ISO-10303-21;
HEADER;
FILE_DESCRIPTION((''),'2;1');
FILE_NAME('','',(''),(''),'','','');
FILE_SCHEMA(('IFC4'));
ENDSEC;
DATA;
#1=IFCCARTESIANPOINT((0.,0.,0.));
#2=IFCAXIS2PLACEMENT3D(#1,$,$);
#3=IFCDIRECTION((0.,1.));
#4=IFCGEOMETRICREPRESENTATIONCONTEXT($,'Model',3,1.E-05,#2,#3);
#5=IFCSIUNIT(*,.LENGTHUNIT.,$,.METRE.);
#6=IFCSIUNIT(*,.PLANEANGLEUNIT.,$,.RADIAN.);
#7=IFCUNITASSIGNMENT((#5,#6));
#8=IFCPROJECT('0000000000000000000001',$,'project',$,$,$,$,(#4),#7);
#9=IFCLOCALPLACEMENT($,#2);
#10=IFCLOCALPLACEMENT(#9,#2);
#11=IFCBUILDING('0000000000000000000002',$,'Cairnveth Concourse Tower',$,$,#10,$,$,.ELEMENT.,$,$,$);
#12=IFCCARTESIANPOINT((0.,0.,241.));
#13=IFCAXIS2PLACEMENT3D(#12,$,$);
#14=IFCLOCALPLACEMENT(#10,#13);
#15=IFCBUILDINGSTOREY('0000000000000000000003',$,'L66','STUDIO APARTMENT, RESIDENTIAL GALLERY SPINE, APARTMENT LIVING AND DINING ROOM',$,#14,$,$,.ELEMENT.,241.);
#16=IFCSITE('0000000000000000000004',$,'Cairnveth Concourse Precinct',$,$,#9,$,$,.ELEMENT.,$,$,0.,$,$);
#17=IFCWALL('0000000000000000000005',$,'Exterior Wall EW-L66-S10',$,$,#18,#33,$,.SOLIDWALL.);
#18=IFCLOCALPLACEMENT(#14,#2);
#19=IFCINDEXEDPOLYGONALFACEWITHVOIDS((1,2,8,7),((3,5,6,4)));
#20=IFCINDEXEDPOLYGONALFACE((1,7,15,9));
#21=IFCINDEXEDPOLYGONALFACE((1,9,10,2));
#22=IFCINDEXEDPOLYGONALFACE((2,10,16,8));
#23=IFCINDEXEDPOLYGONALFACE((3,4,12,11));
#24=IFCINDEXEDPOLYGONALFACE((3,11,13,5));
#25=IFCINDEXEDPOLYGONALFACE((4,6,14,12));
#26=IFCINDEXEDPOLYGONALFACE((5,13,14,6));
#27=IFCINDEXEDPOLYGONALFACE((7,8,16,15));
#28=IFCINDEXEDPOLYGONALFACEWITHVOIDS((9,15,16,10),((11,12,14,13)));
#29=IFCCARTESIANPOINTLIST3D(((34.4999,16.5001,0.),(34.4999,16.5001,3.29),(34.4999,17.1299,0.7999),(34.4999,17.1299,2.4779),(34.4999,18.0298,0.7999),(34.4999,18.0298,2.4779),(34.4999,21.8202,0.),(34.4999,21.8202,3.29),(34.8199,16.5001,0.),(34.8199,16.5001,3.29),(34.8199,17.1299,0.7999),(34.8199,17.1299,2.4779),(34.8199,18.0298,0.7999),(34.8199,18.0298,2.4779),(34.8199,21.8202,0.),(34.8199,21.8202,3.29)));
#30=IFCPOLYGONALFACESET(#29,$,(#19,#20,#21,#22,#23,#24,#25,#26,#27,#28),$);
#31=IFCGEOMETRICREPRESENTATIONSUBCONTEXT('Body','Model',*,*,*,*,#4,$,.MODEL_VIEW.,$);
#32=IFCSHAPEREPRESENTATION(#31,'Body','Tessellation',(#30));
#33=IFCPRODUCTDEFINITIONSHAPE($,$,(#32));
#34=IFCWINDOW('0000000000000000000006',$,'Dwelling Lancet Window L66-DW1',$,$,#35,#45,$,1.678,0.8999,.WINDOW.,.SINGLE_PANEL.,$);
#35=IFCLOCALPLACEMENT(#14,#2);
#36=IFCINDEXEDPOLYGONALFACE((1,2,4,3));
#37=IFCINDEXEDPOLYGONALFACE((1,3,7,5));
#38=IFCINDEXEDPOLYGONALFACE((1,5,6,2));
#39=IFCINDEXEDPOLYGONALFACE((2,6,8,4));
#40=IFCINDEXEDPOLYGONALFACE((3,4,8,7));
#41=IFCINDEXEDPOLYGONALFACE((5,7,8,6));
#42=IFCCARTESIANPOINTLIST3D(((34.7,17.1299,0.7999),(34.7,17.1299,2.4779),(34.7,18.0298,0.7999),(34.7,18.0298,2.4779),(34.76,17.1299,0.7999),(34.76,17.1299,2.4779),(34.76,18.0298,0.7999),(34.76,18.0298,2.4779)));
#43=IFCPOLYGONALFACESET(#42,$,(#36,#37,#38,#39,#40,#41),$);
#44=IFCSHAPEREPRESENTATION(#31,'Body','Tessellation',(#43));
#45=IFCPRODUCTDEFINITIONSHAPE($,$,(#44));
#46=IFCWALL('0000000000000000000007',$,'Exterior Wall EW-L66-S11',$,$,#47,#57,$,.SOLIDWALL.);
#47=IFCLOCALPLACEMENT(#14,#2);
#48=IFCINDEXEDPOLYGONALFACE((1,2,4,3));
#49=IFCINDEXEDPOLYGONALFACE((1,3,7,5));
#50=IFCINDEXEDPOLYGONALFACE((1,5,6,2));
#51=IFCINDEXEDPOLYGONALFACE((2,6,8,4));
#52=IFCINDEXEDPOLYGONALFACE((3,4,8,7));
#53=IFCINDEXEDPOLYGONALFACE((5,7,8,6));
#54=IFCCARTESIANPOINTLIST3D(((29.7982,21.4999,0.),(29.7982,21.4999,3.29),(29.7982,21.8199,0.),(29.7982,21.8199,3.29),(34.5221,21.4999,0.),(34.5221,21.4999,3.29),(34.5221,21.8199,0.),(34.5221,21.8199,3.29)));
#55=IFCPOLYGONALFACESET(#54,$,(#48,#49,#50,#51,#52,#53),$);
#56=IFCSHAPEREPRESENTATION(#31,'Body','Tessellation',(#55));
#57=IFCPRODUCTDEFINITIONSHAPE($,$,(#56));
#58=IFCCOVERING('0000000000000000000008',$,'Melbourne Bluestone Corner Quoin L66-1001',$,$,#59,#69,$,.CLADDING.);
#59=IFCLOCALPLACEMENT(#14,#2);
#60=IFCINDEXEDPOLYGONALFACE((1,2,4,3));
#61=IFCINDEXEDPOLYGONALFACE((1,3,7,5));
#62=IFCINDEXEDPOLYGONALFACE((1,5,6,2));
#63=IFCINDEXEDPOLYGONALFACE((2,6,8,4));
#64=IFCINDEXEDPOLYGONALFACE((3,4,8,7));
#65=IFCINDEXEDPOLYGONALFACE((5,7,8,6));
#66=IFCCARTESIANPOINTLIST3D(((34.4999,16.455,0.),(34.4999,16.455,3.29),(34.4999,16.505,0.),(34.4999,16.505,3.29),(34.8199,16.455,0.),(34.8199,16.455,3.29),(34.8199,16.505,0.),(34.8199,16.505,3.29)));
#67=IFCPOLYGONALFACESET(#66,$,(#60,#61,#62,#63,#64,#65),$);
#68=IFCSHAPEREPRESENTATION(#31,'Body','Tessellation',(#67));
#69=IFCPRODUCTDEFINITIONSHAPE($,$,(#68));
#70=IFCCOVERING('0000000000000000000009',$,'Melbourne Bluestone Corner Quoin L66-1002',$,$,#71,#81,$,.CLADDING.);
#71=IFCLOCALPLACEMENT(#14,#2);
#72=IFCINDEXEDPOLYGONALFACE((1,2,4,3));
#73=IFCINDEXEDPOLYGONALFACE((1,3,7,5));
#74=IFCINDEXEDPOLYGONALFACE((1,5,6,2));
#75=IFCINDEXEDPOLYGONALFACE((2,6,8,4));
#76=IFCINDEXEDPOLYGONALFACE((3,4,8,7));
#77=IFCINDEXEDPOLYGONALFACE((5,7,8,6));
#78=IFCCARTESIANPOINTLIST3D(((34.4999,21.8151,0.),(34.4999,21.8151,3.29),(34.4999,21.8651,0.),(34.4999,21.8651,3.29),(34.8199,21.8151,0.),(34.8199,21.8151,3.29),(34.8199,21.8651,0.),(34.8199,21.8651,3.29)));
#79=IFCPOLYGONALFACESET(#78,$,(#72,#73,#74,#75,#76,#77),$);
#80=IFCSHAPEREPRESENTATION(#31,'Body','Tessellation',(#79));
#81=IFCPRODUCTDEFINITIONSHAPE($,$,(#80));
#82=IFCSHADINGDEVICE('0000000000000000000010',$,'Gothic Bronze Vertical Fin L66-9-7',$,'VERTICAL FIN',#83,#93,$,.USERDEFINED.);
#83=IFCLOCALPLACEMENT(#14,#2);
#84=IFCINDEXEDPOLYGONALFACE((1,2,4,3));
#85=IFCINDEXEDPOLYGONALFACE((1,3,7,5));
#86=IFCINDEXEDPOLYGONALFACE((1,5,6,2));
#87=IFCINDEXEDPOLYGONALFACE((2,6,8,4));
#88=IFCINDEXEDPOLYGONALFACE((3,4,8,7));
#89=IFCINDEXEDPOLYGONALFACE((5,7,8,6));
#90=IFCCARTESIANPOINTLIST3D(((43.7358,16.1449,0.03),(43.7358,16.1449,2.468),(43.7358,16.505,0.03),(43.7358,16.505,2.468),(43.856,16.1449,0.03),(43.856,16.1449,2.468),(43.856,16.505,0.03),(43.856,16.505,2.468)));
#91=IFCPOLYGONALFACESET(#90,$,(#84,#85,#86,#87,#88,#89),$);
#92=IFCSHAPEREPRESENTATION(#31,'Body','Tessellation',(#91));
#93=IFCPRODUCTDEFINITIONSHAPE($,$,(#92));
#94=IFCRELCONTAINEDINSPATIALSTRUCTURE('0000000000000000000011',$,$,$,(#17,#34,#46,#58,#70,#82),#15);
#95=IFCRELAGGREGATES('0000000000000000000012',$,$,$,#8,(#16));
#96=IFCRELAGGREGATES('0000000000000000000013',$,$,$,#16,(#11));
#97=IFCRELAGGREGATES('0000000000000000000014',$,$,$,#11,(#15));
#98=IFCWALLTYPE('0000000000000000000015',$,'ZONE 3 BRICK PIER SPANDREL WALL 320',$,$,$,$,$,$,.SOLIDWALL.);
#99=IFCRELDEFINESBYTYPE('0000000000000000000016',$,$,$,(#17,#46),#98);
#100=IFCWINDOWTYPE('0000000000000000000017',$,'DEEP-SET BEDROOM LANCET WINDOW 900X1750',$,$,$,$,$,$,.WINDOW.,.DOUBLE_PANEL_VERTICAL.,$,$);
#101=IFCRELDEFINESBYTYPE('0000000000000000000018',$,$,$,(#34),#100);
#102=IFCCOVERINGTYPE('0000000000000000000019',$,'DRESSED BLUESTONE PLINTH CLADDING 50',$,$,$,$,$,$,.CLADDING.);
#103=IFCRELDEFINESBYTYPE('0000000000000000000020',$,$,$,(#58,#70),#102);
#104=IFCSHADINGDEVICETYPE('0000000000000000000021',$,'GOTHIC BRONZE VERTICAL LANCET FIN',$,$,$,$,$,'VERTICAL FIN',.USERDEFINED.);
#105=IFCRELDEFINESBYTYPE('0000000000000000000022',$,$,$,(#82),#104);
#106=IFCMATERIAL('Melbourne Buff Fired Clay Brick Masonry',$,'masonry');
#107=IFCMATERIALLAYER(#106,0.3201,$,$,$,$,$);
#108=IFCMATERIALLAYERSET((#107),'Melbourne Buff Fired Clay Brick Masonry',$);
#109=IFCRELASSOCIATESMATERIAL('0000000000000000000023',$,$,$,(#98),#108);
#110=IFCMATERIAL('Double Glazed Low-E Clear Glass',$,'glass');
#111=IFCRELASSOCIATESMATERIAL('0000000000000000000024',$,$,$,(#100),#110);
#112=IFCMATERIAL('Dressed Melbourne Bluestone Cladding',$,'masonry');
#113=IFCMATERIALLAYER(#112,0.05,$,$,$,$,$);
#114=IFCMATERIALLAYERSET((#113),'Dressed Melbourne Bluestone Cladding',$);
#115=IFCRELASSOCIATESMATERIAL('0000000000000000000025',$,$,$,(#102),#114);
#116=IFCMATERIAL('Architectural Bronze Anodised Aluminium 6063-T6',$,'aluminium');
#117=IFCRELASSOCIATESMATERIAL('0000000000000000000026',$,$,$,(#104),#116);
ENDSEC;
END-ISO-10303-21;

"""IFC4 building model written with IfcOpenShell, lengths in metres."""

from ifc_helpers import new_model, si_unit, direction, frame, frame_2d, origin, origin_2d, place, context, subcontext, project, spatial, rectangle, extrude, material, layer, layer_set, type_object, element, fill, save


model = new_model("IFC4")

# Units and contexts
model_context = context("Model", 3, precision=1e-05, world=origin(), true_north=direction((0.0, 1.0)))
body_context = subcontext(model_context, "Body", "Model", "MODEL_VIEW")
ifc_project = project(units=[si_unit("LENGTHUNIT", "METRE"), si_unit("PLANEANGLEUNIT", "RADIAN")], contexts=[model_context])

# Site, building, storey
site_placement = place(None, origin())
site = spatial("IfcSite", under=ifc_project, at=site_placement, Name="Cairnveth Concourse Precinct", CompositionType="ELEMENT", RefElevation=0.0)
building_placement = place(site_placement, origin())
building = spatial("IfcBuilding", under=site, at=building_placement, Name="Cairnveth Concourse Tower", CompositionType="ELEMENT")
storey_placement = place(building_placement, frame((0.0, 0.0, 241.0)))
storey = spatial("IfcBuildingStorey", under=building, at=storey_placement, Name="L66", Description="STUDIO APARTMENT, RESIDENTIAL GALLERY SPINE, APARTMENT LIVING AND DINING ROOM", CompositionType="ELEMENT", Elevation=241.0)

# Wall, opening, window
ifc_material_1 = material(Name="Melbourne Buff Fired Clay Brick Masonry", Category="masonry")
ifc_layer_1 = layer(ifc_material_1, 0.3201)
ifc_layer_set_1 = layer_set([ifc_layer_1], Name="Melbourne Buff Fired Clay Brick Masonry")
wall_type_1 = type_object("IfcWallType", Name="ZONE 3 BRICK PIER SPANDREL WALL 320", PredefinedType="SOLIDWALL", material=ifc_layer_set_1)
wall_1_placement = place(storey_placement, frame((34.6599, 16.5, 0.0), z_axis=(0.0, 0.0, 1.0), x_axis=(0.0, 1.0, 0.0)))
wall_1 = element("IfcWall", 1, at=wall_1_placement, inside=storey, type_object=wall_type_1, Name="Exterior Wall EW-L66-S10", PredefinedType="SOLIDWALL", context=body_context, shape_type="SweptSolid", body=[
    extrude(rectangle(XDim=5.3201, YDim=0.3201, at=frame_2d((2.6602, 0.0))), origin(), (0.0, 0.0, 1.0), 3.29),
])
opening_1_placement = place(wall_1_placement, frame((0.6299, 0.0, 0.8)))
opening_1 = element("IfcOpeningElement", 2, at=opening_1_placement, cuts=wall_1, PredefinedType="OPENING", context=body_context, shape_type="SweptSolid", body=[
    extrude(rectangle(XDim=0.8999, YDim=1.678, at=frame_2d((0.45, 0.8389))), frame((0.0, 0.1699, 0.0), z_axis=(0.0, -1.0, 0.0), x_axis=(1.0, 0.0, 0.0)), (0.0, 0.0, 1.0), 0.3401),
])
ifc_material_2 = material(Name="Double Glazed Low-E Clear Glass", Category="glass")
window_type = type_object("IfcWindowType", Name="DEEP-SET BEDROOM LANCET WINDOW 900X1750", PartitioningType="DOUBLE_PANEL_VERTICAL", PredefinedType="WINDOW", material=ifc_material_2)
window_placement = place(opening_1_placement, origin())
window = element("IfcWindow", 3, at=window_placement, inside=storey, type_object=window_type, Name="Dwelling Lancet Window L66-DW1", OverallHeight=1.678, OverallWidth=0.8999, PartitioningType="SINGLE_PANEL", PredefinedType="WINDOW", context=body_context, shape_type="SweptSolid", body=[
    extrude(rectangle(XDim=0.8999, YDim=1.678, at=frame_2d((0.45, 0.8389))), frame((0.0, -0.04, 0.0), z_axis=(0.0, -1.0, 0.0), x_axis=(1.0, 0.0, 0.0)), (0.0, 0.0, 1.0), 0.0601),
])
fill(opening_1, window)

# Wall
wall_2_placement = place(storey_placement, frame((34.522, 21.6599, 0.0), z_axis=(0.0, 0.0, 1.0), x_axis=(-1.0, 0.0, 0.0)))
element("IfcWall", 4, at=wall_2_placement, inside=storey, type_object=wall_type_1, Name="Exterior Wall EW-L66-S11", PredefinedType="SOLIDWALL", context=body_context, shape_type="SweptSolid", body=[
    extrude(rectangle(XDim=4.7239, YDim=0.3201, at=frame_2d((2.3618, 0.0))), origin(), (0.0, 0.0, 1.0), 3.29),
])

# Coverings
ifc_material_3 = material(Name="Dressed Melbourne Bluestone Cladding", Category="masonry")
ifc_layer_2 = layer(ifc_material_3, 0.05)
ifc_layer_set_2 = layer_set([ifc_layer_2], Name="Dressed Melbourne Bluestone Cladding")
covering_type = type_object("IfcCoveringType", Name="DRESSED BLUESTONE PLINTH CLADDING 50", PredefinedType="CLADDING", material=ifc_layer_set_2)
for number, where, z_axis, x_axis, name in (
    (5, (34.8201, 16.48, 0.0), (0.0, 0.0, 1.0), (-1.0, 0.0, 0.0), "Melbourne Bluestone Corner Quoin L66-1001"),
    (6, (34.8201, 21.8401, 0.0), (0.0, 0.0, 1.0), (-1.0, 0.0, 0.0), "Melbourne Bluestone Corner Quoin L66-1002"),
):
    element("IfcCovering", number, at=place(storey_placement, frame(where, z_axis=z_axis, x_axis=x_axis)), inside=storey, type_object=covering_type, Name=name, PredefinedType="CLADDING", context=body_context, shape_type="SweptSolid", body=[
        extrude(rectangle(XDim=0.3201, YDim=0.05, at=frame_2d((0.1602, 0.0))), origin(), (0.0, 0.0, 1.0), 3.29),
    ])

# Shading device
ifc_material_4 = material(Name="Architectural Bronze Anodised Aluminium 6063-T6", Category="aluminium")
shading_device_type = type_object("IfcShadingDeviceType", Name="GOTHIC BRONZE VERTICAL LANCET FIN", ElementType="VERTICAL FIN", PredefinedType="USERDEFINED", material=ifc_material_4)
shading_device_placement = place(storey_placement, frame((43.7959, 16.325, 0.03), z_axis=(0.0, 0.0, 1.0), x_axis=(1.0, 0.0, 0.0)))
element("IfcShadingDevice", 7, at=shading_device_placement, inside=storey, type_object=shading_device_type, Name="Gothic Bronze Vertical Fin L66-9-7", ObjectType="VERTICAL FIN", PredefinedType="USERDEFINED", context=body_context, shape_type="SweptSolid", body=[
    extrude(rectangle(XDim=0.1201, YDim=0.3601, at=origin_2d()), origin(), (0.0, 0.0, 1.0), 2.438),
])

save(model, "model.ifc")
